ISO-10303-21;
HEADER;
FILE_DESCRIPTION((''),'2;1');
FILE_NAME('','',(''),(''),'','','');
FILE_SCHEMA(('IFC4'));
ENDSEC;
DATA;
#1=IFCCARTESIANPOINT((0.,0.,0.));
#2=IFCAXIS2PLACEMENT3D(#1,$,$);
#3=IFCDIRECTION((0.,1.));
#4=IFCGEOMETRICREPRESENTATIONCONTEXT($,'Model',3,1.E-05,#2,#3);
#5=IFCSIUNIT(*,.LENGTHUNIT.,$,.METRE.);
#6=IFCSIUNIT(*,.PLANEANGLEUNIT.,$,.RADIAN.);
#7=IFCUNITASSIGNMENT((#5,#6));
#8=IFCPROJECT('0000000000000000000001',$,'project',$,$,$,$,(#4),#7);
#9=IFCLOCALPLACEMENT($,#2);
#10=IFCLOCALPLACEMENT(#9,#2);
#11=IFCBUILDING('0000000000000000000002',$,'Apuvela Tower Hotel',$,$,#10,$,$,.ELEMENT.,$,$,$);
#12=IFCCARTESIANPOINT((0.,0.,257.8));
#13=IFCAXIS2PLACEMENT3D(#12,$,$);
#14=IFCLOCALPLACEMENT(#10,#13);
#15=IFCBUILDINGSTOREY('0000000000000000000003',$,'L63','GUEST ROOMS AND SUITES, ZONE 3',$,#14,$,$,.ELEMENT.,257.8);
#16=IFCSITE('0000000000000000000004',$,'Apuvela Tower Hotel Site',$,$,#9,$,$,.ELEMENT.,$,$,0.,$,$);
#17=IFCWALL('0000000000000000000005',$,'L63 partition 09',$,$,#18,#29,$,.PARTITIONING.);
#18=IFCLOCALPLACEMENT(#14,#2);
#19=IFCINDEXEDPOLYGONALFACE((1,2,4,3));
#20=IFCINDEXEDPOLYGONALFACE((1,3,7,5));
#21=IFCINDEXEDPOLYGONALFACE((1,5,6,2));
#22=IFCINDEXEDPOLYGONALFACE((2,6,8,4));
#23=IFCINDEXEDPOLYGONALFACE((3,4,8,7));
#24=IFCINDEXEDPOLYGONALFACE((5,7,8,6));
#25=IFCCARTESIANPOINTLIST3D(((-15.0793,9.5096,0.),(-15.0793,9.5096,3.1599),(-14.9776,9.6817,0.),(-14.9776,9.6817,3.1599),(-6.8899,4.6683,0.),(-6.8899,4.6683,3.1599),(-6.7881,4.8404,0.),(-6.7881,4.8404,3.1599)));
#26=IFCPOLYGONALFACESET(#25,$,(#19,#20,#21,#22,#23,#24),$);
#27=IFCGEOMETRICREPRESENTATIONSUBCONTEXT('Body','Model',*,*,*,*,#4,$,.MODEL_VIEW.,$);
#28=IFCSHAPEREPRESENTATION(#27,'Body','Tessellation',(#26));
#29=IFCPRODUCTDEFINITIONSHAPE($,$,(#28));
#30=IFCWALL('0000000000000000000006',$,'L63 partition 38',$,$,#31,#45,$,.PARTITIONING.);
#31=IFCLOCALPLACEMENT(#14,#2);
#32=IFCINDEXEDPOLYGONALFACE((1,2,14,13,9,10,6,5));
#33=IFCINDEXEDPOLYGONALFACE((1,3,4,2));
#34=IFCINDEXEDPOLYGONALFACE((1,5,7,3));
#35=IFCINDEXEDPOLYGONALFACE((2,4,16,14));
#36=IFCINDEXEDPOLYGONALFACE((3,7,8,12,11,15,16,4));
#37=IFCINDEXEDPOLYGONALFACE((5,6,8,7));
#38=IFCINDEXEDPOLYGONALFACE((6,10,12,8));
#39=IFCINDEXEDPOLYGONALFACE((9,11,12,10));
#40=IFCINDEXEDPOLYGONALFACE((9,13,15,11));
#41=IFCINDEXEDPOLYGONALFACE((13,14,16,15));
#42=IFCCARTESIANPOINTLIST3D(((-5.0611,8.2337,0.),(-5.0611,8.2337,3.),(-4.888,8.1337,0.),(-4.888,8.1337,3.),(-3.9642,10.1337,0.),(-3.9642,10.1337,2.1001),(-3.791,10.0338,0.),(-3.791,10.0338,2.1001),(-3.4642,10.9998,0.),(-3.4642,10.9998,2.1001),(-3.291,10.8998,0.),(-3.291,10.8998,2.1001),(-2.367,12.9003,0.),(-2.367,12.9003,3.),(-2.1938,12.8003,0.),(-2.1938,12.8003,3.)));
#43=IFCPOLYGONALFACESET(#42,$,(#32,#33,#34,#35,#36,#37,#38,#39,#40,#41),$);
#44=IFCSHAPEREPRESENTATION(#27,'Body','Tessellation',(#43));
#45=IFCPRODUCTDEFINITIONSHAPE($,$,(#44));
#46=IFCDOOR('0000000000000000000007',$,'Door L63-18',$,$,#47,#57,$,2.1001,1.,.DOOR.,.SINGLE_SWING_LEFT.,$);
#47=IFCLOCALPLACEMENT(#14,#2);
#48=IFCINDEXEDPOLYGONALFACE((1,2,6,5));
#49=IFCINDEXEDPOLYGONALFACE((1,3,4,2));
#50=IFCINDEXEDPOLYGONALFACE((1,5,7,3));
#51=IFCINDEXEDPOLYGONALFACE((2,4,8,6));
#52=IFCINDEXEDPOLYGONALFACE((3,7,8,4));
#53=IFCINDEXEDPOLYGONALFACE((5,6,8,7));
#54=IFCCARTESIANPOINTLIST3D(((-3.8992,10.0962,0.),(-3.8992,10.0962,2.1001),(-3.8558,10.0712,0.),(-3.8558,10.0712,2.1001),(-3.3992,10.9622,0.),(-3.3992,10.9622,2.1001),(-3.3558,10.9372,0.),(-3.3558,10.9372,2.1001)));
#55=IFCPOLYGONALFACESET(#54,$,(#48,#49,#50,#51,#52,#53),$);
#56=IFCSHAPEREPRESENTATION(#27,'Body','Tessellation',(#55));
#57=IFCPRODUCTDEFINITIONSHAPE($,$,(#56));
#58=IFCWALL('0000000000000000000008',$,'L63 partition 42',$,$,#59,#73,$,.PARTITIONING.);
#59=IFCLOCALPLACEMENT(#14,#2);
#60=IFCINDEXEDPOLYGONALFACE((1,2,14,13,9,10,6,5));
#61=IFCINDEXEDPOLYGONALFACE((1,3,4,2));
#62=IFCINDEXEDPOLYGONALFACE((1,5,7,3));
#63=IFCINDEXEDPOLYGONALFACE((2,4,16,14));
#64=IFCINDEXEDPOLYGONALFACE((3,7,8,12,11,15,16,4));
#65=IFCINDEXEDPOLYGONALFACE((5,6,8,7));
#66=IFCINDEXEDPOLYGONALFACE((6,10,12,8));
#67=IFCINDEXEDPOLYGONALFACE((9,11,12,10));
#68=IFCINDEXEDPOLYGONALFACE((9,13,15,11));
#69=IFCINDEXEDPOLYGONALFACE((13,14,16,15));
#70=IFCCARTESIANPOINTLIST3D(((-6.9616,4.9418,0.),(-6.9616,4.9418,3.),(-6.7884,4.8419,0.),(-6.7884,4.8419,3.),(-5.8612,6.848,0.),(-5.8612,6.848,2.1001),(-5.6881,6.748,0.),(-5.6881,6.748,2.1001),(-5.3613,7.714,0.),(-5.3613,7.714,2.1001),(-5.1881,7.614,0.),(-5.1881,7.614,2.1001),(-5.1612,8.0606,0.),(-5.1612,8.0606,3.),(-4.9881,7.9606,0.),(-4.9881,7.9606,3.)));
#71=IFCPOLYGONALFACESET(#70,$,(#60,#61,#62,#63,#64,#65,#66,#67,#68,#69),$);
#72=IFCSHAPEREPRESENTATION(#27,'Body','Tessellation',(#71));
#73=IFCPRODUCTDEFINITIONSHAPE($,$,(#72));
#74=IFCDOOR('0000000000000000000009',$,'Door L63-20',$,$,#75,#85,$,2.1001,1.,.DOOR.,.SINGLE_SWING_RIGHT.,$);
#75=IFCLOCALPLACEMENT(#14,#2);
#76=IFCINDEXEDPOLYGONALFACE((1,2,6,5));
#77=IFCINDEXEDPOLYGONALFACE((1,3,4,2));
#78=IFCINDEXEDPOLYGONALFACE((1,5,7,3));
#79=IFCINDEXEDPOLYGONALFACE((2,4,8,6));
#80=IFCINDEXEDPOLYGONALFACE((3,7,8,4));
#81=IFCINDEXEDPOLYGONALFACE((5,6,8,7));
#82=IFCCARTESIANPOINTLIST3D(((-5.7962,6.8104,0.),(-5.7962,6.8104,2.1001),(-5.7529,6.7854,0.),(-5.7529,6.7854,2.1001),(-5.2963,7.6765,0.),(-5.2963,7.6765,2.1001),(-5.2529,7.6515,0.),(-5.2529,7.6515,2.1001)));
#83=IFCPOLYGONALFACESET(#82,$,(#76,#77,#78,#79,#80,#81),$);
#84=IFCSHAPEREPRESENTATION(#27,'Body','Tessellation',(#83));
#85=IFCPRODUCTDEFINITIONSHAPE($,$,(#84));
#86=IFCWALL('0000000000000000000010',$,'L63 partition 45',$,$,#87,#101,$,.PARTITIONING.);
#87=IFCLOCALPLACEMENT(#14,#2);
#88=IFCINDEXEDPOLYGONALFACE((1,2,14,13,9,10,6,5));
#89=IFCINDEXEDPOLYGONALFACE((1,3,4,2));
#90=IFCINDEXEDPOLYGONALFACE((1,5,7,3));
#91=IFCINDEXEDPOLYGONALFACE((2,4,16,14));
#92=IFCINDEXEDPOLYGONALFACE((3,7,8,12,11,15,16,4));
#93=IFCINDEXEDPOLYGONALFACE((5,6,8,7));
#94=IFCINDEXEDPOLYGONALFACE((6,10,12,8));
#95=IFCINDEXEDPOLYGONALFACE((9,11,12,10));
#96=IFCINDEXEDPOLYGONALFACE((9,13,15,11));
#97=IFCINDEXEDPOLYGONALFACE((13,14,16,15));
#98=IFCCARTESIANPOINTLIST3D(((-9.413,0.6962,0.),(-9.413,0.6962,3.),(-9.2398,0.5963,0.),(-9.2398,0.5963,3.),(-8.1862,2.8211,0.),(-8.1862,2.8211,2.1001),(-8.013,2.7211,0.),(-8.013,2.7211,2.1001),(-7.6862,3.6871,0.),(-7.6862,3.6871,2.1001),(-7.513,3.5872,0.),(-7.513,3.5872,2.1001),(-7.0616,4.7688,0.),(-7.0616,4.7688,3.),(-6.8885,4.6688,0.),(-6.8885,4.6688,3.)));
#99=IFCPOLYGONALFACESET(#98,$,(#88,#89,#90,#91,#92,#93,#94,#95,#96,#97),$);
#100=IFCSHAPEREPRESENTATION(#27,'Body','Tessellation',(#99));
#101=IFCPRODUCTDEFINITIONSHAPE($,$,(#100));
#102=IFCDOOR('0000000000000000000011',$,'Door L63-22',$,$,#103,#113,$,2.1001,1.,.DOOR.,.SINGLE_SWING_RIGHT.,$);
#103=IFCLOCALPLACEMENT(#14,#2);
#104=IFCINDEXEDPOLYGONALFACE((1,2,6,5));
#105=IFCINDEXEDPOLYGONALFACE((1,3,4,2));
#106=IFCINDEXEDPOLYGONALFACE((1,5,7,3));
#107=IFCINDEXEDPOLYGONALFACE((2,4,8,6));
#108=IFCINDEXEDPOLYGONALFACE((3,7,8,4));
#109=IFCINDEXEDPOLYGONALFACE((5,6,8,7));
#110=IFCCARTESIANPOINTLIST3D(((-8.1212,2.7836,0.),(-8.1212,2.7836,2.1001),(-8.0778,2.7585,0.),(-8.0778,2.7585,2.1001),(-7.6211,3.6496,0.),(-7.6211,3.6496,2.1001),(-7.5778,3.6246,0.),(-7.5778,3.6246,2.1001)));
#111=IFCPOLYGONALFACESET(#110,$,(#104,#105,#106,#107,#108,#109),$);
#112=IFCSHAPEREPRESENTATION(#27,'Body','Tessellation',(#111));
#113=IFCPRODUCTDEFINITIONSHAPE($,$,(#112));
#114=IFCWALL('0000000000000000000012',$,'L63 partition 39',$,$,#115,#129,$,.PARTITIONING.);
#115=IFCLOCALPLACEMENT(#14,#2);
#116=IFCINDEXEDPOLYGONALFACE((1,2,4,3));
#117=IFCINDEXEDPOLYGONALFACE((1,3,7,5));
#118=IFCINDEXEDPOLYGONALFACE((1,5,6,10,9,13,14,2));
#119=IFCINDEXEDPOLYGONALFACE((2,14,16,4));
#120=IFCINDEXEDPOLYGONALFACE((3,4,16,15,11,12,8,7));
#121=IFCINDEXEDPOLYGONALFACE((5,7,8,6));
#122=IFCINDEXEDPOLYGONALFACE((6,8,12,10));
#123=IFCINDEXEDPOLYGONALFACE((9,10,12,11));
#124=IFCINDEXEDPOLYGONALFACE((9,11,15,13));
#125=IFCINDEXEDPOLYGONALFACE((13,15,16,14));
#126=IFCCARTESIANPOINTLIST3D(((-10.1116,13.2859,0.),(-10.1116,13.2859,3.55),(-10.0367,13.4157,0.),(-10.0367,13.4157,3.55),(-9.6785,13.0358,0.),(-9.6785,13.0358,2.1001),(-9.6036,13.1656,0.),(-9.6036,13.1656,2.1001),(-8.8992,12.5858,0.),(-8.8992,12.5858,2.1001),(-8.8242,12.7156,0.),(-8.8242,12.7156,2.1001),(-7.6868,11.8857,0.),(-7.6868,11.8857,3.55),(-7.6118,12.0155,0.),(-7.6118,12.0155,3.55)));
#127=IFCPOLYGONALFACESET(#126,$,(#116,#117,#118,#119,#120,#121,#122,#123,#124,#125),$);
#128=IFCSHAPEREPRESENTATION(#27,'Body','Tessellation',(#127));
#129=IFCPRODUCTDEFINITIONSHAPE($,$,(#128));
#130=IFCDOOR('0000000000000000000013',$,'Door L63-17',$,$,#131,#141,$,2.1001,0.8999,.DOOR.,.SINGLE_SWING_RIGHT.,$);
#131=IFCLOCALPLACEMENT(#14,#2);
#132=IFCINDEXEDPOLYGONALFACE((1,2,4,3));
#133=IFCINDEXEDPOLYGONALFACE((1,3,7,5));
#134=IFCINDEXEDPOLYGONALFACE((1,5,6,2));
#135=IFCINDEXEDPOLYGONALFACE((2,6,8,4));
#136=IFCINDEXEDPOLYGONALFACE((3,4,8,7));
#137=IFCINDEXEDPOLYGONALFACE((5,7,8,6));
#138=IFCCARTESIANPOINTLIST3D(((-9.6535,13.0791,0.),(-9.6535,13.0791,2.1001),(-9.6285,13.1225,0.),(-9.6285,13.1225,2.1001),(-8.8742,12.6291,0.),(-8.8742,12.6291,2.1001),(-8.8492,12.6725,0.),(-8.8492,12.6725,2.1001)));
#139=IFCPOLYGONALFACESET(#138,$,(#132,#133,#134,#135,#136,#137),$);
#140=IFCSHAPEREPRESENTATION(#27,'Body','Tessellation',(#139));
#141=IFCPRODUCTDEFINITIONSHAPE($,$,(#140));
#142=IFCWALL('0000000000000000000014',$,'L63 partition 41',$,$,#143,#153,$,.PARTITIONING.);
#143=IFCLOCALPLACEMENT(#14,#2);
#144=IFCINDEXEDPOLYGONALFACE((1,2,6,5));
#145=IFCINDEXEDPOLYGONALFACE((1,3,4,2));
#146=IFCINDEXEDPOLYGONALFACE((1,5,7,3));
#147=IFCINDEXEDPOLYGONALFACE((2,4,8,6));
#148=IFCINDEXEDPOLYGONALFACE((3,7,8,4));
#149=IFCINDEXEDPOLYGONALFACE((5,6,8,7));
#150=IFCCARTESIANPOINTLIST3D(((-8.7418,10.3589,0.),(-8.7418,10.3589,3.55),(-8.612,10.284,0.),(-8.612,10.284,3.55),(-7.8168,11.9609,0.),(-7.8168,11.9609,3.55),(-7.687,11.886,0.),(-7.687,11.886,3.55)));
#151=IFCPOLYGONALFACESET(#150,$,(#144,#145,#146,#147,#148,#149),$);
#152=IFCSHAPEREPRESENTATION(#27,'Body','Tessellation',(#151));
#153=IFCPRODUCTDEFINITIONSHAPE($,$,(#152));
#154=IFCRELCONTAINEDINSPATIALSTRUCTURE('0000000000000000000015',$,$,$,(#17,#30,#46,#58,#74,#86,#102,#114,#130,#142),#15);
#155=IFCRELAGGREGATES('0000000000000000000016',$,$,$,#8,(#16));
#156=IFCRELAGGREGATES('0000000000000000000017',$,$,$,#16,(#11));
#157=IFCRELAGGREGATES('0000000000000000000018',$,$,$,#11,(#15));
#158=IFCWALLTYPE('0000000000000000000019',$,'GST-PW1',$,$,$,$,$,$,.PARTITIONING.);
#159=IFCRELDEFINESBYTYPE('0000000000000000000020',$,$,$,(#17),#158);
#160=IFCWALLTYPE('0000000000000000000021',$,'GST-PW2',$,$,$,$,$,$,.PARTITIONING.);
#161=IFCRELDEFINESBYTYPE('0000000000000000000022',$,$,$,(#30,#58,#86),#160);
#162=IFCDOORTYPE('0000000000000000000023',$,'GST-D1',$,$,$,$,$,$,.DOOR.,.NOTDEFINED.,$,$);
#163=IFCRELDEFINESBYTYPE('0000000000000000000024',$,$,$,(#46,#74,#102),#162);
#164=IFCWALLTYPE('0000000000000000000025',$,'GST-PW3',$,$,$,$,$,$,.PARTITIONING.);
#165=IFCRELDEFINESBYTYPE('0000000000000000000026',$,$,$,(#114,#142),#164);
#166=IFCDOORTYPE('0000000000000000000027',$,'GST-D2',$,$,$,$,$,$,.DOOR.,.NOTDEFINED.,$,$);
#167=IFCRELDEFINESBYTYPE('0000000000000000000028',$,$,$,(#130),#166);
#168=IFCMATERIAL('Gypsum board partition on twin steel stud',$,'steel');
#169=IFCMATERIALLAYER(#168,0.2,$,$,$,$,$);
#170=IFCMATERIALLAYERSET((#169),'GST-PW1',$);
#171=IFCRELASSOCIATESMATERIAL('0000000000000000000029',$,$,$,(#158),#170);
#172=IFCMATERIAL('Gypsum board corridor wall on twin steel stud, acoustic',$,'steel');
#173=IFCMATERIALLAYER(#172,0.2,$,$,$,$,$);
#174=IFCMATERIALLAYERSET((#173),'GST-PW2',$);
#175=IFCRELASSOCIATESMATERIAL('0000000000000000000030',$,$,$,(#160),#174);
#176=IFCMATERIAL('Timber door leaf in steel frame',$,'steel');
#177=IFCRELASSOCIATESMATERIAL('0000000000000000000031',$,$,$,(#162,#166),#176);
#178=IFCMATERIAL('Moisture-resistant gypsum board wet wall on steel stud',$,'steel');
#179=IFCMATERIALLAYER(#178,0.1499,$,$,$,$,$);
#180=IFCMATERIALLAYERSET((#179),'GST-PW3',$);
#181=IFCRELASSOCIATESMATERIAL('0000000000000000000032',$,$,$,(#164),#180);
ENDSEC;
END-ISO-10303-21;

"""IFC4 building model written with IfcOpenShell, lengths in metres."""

from ifc_helpers import new_model, si_unit, direction, frame, frame_2d, origin, place, context, subcontext, project, spatial, rectangle, extrude, material, layer, layer_set, type_object, element, fill, save


model = new_model("IFC4")

# Units and contexts
model_context = context("Model", 3, precision=1e-05, world=origin(), true_north=direction((0.0, 1.0)))
body_context = subcontext(model_context, "Body", "Model", "MODEL_VIEW")
ifc_project = project(units=[si_unit("LENGTHUNIT", "METRE"), si_unit("PLANEANGLEUNIT", "RADIAN")], contexts=[model_context])

# Site, building, storey
site_placement = place(None, origin())
site = spatial("IfcSite", under=ifc_project, at=site_placement, Name="Apuvela Tower Hotel Site", CompositionType="ELEMENT", RefElevation=0.0)
building_placement = place(site_placement, origin())
building = spatial("IfcBuilding", under=site, at=building_placement, Name="Apuvela Tower Hotel", CompositionType="ELEMENT")
storey_placement = place(building_placement, frame((0.0, 0.0, 257.8)))
storey = spatial("IfcBuildingStorey", under=building, at=storey_placement, Name="L63", Description="GUEST ROOMS AND SUITES, ZONE 3", CompositionType="ELEMENT", Elevation=257.8)

# Wall
ifc_material_1 = material(Name="Gypsum board partition on twin steel stud", Category="steel")
ifc_layer_1 = layer(ifc_material_1, 0.2)
ifc_layer_set_1 = layer_set([ifc_layer_1], Name="GST-PW1")
wall_type_1 = type_object("IfcWallType", Name="GST-PW1", PredefinedType="PARTITIONING", material=ifc_layer_set_1)
wall_1_placement = place(storey_placement, frame((-15.0286, 9.5957, 0.0), z_axis=(0.0, 0.0, 1.0), x_axis=(0.86083, -0.508892, 0.0)))
element("IfcWall", 1, at=wall_1_placement, inside=storey, type_object=wall_type_1, Name="L63 partition 09", PredefinedType="PARTITIONING", context=body_context, shape_type="SweptSolid", body=[
    extrude(rectangle(XDim=9.5134, YDim=0.2, at=frame_2d((4.7568, 0.0))), origin(), (0.0, 0.0, 1.0), 3.1599),
])

# Walls, openings, doors
ifc_material_2 = material(Name="Gypsum board corridor wall on twin steel stud, acoustic", Category="steel")
ifc_layer_2 = layer(ifc_material_2, 0.2)
ifc_layer_set_2 = layer_set([ifc_layer_2], Name="GST-PW2")
wall_type_2 = type_object("IfcWallType", Name="GST-PW2", PredefinedType="PARTITIONING", material=ifc_layer_set_2)
wall_2_placement = place(storey_placement, frame((-4.9746, 8.1836, 0.0), z_axis=(0.0, 0.0, 1.0), x_axis=(0.499984, 0.866035, 0.0)))
wall_2 = element("IfcWall", 2, at=wall_2_placement, inside=storey, type_object=wall_type_2, Name="L63 partition 38", PredefinedType="PARTITIONING", context=body_context, shape_type="SweptSolid", body=[
    extrude(rectangle(XDim=5.3884, YDim=0.2, at=frame_2d((2.6943, 0.0))), origin(), (0.0, 0.0, 1.0), 3.0),
])
opening_1_placement = place(wall_2_placement, frame((2.1941, 0.0, 0.0)))
opening_1 = element("IfcOpeningElement", 3, at=opening_1_placement, cuts=wall_2, PredefinedType="OPENING", context=body_context, shape_type="SweptSolid", body=[
    extrude(rectangle(XDim=1.0, YDim=2.1001, at=frame_2d((0.5, 1.05))), frame((0.0, 0.1099, 0.0), z_axis=(0.0, -1.0, 0.0), x_axis=(1.0, 0.0, 0.0)), (0.0, 0.0, 1.0), 0.22),
])
ifc_material_3 = material(Name="Timber door leaf in steel frame", Category="steel")
door_type_1 = type_object("IfcDoorType", Name="GST-D1", OperationType="NOTDEFINED", PredefinedType="DOOR", material=ifc_material_3)
door_1_placement = place(opening_1_placement, origin())
door_1 = element("IfcDoor", 4, at=door_1_placement, inside=storey, type_object=door_type_1, Name="Door L63-18", OperationType="SINGLE_SWING_LEFT", OverallHeight=2.1001, OverallWidth=1.0, PredefinedType="DOOR", context=body_context, shape_type="SweptSolid", body=[
    extrude(rectangle(XDim=1.0, YDim=2.1001, at=frame_2d((0.5, 1.05))), frame((0.0, 0.0249, 0.0), z_axis=(0.0, -1.0, 0.0), x_axis=(1.0, 0.0, 0.0)), (0.0, 0.0, 1.0), 0.05),
])
fill(opening_1, door_1)
wall_3_placement = place(storey_placement, frame((-6.875, 4.8918, 0.0), z_axis=(0.0, 0.0, 1.0), x_axis=(0.499945, 0.866057, 0.0)))
wall_3 = element("IfcWall", 5, at=wall_3_placement, inside=storey, type_object=wall_type_2, Name="L63 partition 42", PredefinedType="PARTITIONING", context=body_context, shape_type="SweptSolid", body=[
    extrude(rectangle(XDim=3.6011, YDim=0.2, at=frame_2d((1.8005, 0.0))), origin(), (0.0, 0.0, 1.0), 3.0),
])
opening_2_placement = place(wall_3_placement, frame((2.2009, 0.0, 0.0)))
opening_2 = element("IfcOpeningElement", 6, at=opening_2_placement, cuts=wall_3, PredefinedType="OPENING", context=body_context, shape_type="SweptSolid", body=[
    extrude(rectangle(XDim=1.0, YDim=2.1001, at=frame_2d((0.5, 1.05))), frame((0.0, 0.1099, 0.0), z_axis=(0.0, -1.0, 0.0), x_axis=(1.0, 0.0, 0.0)), (0.0, 0.0, 1.0), 0.22),
])
door_2_placement = place(opening_2_placement, origin())
door_2 = element("IfcDoor", 7, at=door_2_placement, inside=storey, type_object=door_type_1, Name="Door L63-20", OperationType="SINGLE_SWING_RIGHT", OverallHeight=2.1001, OverallWidth=1.0, PredefinedType="DOOR", context=body_context, shape_type="SweptSolid", body=[
    extrude(rectangle(XDim=1.0, YDim=2.1001, at=frame_2d((0.5, 1.05))), frame((0.0, 0.0249, 0.0), z_axis=(0.0, -1.0, 0.0), x_axis=(1.0, 0.0, 0.0)), (0.0, 0.0, 1.0), 0.05),
])
fill(opening_2, door_2)
wall_4_placement = place(storey_placement, frame((-9.3264, 0.6462, 0.0), z_axis=(0.0, 0.0, 1.0), x_axis=(0.500009, 0.86602, 0.0)))
wall_4 = element("IfcWall", 8, at=wall_4_placement, inside=storey, type_object=wall_type_2, Name="L63 partition 45", PredefinedType="PARTITIONING", context=body_context, shape_type="SweptSolid", body=[
    extrude(rectangle(XDim=4.7026, YDim=0.2, at=frame_2d((2.3513, 0.0))), origin(), (0.0, 0.0, 1.0), 3.0),
])
opening_3_placement = place(wall_4_placement, frame((2.4536, 0.0, 0.0)))
opening_3 = element("IfcOpeningElement", 9, at=opening_3_placement, cuts=wall_4, PredefinedType="OPENING", context=body_context, shape_type="SweptSolid", body=[
    extrude(rectangle(XDim=1.0, YDim=2.1001, at=frame_2d((0.5, 1.05))), frame((0.0, 0.1099, 0.0), z_axis=(0.0, -1.0, 0.0), x_axis=(1.0, 0.0, 0.0)), (0.0, 0.0, 1.0), 0.22),
])
door_3_placement = place(opening_3_placement, origin())
door_3 = element("IfcDoor", 10, at=door_3_placement, inside=storey, type_object=door_type_1, Name="Door L63-22", OperationType="SINGLE_SWING_RIGHT", OverallHeight=2.1001, OverallWidth=1.0, PredefinedType="DOOR", context=body_context, shape_type="SweptSolid", body=[
    extrude(rectangle(XDim=1.0, YDim=2.1001, at=frame_2d((0.5, 1.05))), frame((0.0, 0.0249, 0.0), z_axis=(0.0, -1.0, 0.0), x_axis=(1.0, 0.0, 0.0)), (0.0, 0.0, 1.0), 0.05),
])
fill(opening_3, door_3)
ifc_material_4 = material(Name="Moisture-resistant gypsum board wet wall on steel stud", Category="steel")
ifc_layer_3 = layer(ifc_material_4, 0.1499)
ifc_layer_set_3 = layer_set([ifc_layer_3], Name="GST-PW3")
wall_type_3 = type_object("IfcWallType", Name="GST-PW3", PredefinedType="PARTITIONING", material=ifc_layer_set_3)
wall_5_placement = place(storey_placement, frame((-7.6494, 11.9507, 0.0), z_axis=(0.0, 0.0, 1.0), x_axis=(-0.865997, 0.50005, 0.0)))
wall_5 = element("IfcWall", 11, at=wall_5_placement, inside=storey, type_object=wall_type_3, Name="L63 partition 39", PredefinedType="PARTITIONING", context=body_context, shape_type="SweptSolid", body=[
    extrude(rectangle(XDim=2.8, YDim=0.1499, at=frame_2d((1.3999, 0.0))), origin(), (0.0, 0.0, 1.0), 3.55),
])
opening_4_placement = place(wall_5_placement, frame((1.3999, 0.0, 0.0)))
opening_4 = element("IfcOpeningElement", 12, at=opening_4_placement, cuts=wall_5, PredefinedType="OPENING", context=body_context, shape_type="SweptSolid", body=[
    extrude(rectangle(XDim=0.8999, YDim=2.1001, at=frame_2d((0.45, 1.05))), frame((0.0, 0.085, 0.0), z_axis=(0.0, -1.0, 0.0), x_axis=(1.0, 0.0, 0.0)), (0.0, 0.0, 1.0), 0.1699),
])
door_type_2 = type_object("IfcDoorType", Name="GST-D2", OperationType="NOTDEFINED", PredefinedType="DOOR", material=ifc_material_3)
door_4_placement = place(opening_4_placement, origin())
door_4 = element("IfcDoor", 13, at=door_4_placement, inside=storey, type_object=door_type_2, Name="Door L63-17", OperationType="SINGLE_SWING_RIGHT", OverallHeight=2.1001, OverallWidth=0.8999, PredefinedType="DOOR", context=body_context, shape_type="SweptSolid", body=[
    extrude(rectangle(XDim=0.8999, YDim=2.1001, at=frame_2d((0.45, 1.05))), frame((0.0, 0.0249, 0.0), z_axis=(0.0, -1.0, 0.0), x_axis=(1.0, 0.0, 0.0)), (0.0, 0.0, 1.0), 0.05),
])
fill(opening_4, door_4)

# Wall
wall_6_placement = place(storey_placement, frame((-7.752, 11.9233, 0.0), z_axis=(0.0, 0.0, 1.0), x_axis=(-0.500042, -0.866001, 0.0)))
element("IfcWall", 14, at=wall_6_placement, inside=storey, type_object=wall_type_3, Name="L63 partition 41", PredefinedType="PARTITIONING", context=body_context, shape_type="SweptSolid", body=[
    extrude(rectangle(XDim=1.8499, YDim=0.1499, at=frame_2d((0.9248, 0.0))), origin(), (0.0, 0.0, 1.0), 3.55),
])

save(model, "model.ifc")
